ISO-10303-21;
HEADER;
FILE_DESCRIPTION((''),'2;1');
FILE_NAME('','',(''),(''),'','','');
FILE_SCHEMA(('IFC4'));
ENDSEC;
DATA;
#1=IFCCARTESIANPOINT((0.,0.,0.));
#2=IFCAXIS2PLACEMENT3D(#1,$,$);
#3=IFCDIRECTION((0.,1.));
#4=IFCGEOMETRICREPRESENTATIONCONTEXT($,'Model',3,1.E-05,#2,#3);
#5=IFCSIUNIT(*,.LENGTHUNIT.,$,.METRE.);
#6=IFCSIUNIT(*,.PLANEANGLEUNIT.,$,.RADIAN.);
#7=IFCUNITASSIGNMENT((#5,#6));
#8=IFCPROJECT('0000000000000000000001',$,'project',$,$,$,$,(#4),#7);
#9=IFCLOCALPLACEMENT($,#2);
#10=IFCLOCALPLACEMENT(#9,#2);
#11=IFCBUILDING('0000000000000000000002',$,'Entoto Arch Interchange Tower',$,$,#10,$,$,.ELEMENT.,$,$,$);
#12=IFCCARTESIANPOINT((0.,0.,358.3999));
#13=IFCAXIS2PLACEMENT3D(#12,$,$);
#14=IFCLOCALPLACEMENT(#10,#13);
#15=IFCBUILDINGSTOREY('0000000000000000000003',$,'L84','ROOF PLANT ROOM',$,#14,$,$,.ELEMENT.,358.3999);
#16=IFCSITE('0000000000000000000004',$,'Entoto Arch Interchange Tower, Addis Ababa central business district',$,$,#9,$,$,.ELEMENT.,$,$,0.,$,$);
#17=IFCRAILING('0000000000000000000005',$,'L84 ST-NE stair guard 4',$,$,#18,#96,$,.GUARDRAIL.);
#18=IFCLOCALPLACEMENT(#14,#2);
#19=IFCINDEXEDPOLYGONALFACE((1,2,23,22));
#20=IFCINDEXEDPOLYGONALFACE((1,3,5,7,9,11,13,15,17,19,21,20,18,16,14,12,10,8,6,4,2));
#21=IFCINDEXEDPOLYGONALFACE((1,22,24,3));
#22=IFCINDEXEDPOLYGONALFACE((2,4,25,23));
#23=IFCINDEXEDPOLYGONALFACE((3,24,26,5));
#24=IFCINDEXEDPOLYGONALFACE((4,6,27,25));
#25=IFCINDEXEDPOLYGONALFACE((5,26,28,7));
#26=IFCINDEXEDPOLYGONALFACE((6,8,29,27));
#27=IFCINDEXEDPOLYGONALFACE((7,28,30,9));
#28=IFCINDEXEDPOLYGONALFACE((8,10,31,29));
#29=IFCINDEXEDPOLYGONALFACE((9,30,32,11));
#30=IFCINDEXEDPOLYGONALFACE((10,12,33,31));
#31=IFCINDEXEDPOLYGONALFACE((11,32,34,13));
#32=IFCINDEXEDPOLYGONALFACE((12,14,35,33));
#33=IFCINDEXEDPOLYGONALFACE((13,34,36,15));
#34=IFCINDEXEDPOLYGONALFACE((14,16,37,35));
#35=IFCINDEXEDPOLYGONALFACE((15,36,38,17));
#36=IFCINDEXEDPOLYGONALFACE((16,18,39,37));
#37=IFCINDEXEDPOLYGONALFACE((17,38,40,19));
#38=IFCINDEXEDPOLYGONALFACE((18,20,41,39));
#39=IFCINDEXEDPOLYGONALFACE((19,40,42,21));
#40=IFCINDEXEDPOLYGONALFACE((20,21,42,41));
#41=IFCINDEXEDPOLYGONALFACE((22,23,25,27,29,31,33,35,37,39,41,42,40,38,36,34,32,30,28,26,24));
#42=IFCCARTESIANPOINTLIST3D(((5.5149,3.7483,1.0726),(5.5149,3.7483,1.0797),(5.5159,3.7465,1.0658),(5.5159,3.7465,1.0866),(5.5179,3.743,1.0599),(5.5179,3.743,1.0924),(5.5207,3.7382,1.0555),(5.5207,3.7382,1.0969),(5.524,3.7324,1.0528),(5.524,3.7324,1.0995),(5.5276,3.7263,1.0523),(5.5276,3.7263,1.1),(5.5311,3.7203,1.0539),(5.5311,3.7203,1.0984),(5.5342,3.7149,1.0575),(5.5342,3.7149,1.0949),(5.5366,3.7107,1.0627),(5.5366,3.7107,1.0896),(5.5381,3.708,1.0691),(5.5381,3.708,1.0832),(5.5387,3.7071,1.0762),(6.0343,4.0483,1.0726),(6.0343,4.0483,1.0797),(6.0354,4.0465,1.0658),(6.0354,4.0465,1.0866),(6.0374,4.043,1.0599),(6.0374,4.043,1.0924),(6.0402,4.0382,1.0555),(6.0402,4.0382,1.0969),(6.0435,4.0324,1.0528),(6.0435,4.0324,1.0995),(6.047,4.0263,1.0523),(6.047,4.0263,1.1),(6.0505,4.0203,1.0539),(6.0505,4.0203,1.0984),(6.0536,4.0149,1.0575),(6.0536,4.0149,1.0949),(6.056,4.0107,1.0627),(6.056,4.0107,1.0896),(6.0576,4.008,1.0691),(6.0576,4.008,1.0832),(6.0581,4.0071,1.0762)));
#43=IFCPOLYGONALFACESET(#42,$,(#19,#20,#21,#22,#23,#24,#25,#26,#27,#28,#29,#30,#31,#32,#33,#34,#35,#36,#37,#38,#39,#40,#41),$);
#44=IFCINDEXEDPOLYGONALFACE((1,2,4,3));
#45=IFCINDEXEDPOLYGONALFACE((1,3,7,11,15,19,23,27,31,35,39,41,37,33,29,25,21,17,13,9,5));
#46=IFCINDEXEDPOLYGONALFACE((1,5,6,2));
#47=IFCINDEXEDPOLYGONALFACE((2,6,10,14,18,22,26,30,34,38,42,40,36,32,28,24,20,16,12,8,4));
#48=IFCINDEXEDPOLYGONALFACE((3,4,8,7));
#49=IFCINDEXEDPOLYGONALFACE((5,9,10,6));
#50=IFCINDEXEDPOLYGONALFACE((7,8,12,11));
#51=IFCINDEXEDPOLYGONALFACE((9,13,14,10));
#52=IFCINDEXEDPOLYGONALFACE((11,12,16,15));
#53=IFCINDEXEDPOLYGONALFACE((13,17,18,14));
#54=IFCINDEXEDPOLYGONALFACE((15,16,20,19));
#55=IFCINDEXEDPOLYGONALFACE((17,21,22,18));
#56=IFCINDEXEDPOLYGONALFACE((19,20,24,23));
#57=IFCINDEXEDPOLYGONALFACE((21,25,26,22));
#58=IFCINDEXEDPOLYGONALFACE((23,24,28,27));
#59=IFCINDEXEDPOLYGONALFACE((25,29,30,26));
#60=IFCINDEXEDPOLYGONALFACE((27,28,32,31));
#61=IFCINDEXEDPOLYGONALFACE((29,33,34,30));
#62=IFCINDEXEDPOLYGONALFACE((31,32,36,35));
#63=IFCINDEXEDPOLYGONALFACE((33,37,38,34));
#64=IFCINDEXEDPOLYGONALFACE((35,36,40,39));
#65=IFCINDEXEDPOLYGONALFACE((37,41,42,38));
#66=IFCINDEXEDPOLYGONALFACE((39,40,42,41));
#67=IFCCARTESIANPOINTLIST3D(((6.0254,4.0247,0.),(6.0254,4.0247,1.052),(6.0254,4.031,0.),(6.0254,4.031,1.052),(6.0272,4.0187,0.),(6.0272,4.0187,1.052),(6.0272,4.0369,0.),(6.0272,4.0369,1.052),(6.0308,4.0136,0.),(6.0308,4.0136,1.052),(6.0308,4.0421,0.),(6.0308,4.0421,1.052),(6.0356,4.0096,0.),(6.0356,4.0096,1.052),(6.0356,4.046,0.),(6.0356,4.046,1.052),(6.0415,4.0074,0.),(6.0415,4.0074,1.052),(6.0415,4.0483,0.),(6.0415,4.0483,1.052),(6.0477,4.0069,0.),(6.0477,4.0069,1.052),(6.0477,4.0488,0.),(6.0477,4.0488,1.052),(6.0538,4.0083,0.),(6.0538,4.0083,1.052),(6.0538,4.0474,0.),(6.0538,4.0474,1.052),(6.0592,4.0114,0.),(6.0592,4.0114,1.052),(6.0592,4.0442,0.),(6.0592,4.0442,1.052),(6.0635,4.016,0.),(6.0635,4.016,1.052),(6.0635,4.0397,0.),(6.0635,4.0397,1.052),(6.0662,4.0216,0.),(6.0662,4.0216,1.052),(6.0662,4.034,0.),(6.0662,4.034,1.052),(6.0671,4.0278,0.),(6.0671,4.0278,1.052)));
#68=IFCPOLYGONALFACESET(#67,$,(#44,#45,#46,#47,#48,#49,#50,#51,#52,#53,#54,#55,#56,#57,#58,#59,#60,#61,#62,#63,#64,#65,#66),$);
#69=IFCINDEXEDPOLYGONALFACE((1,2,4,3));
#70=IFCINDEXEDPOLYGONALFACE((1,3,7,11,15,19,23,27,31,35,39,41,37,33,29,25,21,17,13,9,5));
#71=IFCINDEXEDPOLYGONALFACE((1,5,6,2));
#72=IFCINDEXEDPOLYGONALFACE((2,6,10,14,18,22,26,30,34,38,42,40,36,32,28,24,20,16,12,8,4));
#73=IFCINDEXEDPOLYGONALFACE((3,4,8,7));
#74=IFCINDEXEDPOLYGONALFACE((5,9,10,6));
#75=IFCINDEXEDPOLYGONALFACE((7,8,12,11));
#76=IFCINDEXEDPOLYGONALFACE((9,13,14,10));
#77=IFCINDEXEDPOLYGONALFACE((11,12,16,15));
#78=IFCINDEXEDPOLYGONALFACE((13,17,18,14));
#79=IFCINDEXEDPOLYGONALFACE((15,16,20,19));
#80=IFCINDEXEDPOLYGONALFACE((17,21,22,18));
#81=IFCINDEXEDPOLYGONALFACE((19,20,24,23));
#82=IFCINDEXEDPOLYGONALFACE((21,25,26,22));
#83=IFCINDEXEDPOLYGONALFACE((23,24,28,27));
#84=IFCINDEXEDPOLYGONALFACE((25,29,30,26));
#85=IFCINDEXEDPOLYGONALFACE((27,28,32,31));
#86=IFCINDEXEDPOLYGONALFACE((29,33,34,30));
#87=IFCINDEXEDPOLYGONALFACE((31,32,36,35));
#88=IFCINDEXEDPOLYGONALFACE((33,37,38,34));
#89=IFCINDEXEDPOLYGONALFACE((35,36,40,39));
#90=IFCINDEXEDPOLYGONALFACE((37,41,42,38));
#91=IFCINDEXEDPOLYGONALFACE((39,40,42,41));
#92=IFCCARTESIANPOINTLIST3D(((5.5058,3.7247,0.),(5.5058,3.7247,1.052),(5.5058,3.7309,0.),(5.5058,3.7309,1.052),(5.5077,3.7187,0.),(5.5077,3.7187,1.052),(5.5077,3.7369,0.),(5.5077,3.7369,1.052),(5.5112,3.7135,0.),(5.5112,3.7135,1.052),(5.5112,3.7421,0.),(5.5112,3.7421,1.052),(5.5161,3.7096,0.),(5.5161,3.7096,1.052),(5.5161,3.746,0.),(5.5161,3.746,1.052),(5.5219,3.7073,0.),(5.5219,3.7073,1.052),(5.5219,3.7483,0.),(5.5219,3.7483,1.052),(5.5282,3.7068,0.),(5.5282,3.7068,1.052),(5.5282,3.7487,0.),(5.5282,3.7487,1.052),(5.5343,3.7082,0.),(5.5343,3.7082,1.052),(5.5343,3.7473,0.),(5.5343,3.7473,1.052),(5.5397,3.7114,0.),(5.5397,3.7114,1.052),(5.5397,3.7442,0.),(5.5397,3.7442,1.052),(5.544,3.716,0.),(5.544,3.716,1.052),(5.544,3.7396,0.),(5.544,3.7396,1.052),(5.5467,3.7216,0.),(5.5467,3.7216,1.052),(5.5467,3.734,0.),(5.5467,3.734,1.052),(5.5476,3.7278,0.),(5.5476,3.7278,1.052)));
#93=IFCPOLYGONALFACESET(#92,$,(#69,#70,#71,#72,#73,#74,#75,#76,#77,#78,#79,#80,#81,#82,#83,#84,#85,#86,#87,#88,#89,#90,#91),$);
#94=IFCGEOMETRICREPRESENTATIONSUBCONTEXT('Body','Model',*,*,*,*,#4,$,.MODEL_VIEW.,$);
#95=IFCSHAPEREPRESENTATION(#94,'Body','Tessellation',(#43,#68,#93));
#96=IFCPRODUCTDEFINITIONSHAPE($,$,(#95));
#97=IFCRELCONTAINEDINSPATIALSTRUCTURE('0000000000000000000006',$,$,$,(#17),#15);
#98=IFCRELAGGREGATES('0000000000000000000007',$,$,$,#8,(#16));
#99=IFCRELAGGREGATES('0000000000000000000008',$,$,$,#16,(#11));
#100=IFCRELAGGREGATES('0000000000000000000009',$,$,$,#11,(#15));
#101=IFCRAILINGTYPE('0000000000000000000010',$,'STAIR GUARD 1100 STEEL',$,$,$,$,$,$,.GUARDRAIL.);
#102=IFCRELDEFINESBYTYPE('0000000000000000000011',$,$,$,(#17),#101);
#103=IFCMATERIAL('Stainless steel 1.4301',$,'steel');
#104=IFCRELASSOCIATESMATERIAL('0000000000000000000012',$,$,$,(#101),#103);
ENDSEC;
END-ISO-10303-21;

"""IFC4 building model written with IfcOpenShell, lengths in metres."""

from ifc_helpers import new_model, si_unit, direction, frame, origin, origin_2d, place, context, subcontext, project, spatial, circle, extrude, material, type_object, element, save


model = new_model("IFC4")

# Units and contexts
model_context = context("Model", 3, precision=1e-05, world=origin(), true_north=direction((0.0, 1.0)))
body_context = subcontext(model_context, "Body", "Model", "MODEL_VIEW")
ifc_project = project(units=[si_unit("LENGTHUNIT", "METRE"), si_unit("PLANEANGLEUNIT", "RADIAN")], contexts=[model_context])

# Site, building, storey
site_placement = place(None, origin())
site = spatial("IfcSite", under=ifc_project, at=site_placement, Name="Entoto Arch Interchange Tower, Addis Ababa central business district", CompositionType="ELEMENT", RefElevation=0.0)
building_placement = place(site_placement, origin())
building = spatial("IfcBuilding", under=site, at=building_placement, Name="Entoto Arch Interchange Tower", CompositionType="ELEMENT")
storey_placement = place(building_placement, frame((0.0, 0.0, 358.3999)))
storey = spatial("IfcBuildingStorey", under=building, at=storey_placement, Name="L84", Description="ROOF PLANT ROOM", CompositionType="ELEMENT", Elevation=358.3999)

# Railing
ifc_material_1 = material(Name="Stainless steel 1.4301", Category="steel")
railing_type_1 = type_object("IfcRailingType", Name="STAIR GUARD 1100 STEEL", PredefinedType="GUARDRAIL", material=ifc_material_1)
railing_1_placement = place(storey_placement, frame((6.0461, 4.0278, 0.0)))
element("IfcRailing", 1, at=railing_1_placement, inside=storey, type_object=railing_type_1, Name="L84 ST-NE stair guard 4", PredefinedType="GUARDRAIL", context=body_context, shape_type="SweptSolid", body=[
    extrude(circle(Radius=0.0239, at=origin_2d()), frame((0.0, 0.0, 1.0762), z_axis=(-0.865955, -0.500122, 0.0), x_axis=(0.500122, -0.865955, 0.0)), (0.0, 0.0, 1.0), 0.5999),
    extrude(circle(Radius=0.021, at=origin_2d()), origin(), (0.0, 0.0, 1.0), 1.052),
    extrude(circle(Radius=0.021, at=origin_2d()), frame((-0.5195, -0.3, 0.0)), (0.0, 0.0, 1.0), 1.052),
])

save(model, "model.ifc")
